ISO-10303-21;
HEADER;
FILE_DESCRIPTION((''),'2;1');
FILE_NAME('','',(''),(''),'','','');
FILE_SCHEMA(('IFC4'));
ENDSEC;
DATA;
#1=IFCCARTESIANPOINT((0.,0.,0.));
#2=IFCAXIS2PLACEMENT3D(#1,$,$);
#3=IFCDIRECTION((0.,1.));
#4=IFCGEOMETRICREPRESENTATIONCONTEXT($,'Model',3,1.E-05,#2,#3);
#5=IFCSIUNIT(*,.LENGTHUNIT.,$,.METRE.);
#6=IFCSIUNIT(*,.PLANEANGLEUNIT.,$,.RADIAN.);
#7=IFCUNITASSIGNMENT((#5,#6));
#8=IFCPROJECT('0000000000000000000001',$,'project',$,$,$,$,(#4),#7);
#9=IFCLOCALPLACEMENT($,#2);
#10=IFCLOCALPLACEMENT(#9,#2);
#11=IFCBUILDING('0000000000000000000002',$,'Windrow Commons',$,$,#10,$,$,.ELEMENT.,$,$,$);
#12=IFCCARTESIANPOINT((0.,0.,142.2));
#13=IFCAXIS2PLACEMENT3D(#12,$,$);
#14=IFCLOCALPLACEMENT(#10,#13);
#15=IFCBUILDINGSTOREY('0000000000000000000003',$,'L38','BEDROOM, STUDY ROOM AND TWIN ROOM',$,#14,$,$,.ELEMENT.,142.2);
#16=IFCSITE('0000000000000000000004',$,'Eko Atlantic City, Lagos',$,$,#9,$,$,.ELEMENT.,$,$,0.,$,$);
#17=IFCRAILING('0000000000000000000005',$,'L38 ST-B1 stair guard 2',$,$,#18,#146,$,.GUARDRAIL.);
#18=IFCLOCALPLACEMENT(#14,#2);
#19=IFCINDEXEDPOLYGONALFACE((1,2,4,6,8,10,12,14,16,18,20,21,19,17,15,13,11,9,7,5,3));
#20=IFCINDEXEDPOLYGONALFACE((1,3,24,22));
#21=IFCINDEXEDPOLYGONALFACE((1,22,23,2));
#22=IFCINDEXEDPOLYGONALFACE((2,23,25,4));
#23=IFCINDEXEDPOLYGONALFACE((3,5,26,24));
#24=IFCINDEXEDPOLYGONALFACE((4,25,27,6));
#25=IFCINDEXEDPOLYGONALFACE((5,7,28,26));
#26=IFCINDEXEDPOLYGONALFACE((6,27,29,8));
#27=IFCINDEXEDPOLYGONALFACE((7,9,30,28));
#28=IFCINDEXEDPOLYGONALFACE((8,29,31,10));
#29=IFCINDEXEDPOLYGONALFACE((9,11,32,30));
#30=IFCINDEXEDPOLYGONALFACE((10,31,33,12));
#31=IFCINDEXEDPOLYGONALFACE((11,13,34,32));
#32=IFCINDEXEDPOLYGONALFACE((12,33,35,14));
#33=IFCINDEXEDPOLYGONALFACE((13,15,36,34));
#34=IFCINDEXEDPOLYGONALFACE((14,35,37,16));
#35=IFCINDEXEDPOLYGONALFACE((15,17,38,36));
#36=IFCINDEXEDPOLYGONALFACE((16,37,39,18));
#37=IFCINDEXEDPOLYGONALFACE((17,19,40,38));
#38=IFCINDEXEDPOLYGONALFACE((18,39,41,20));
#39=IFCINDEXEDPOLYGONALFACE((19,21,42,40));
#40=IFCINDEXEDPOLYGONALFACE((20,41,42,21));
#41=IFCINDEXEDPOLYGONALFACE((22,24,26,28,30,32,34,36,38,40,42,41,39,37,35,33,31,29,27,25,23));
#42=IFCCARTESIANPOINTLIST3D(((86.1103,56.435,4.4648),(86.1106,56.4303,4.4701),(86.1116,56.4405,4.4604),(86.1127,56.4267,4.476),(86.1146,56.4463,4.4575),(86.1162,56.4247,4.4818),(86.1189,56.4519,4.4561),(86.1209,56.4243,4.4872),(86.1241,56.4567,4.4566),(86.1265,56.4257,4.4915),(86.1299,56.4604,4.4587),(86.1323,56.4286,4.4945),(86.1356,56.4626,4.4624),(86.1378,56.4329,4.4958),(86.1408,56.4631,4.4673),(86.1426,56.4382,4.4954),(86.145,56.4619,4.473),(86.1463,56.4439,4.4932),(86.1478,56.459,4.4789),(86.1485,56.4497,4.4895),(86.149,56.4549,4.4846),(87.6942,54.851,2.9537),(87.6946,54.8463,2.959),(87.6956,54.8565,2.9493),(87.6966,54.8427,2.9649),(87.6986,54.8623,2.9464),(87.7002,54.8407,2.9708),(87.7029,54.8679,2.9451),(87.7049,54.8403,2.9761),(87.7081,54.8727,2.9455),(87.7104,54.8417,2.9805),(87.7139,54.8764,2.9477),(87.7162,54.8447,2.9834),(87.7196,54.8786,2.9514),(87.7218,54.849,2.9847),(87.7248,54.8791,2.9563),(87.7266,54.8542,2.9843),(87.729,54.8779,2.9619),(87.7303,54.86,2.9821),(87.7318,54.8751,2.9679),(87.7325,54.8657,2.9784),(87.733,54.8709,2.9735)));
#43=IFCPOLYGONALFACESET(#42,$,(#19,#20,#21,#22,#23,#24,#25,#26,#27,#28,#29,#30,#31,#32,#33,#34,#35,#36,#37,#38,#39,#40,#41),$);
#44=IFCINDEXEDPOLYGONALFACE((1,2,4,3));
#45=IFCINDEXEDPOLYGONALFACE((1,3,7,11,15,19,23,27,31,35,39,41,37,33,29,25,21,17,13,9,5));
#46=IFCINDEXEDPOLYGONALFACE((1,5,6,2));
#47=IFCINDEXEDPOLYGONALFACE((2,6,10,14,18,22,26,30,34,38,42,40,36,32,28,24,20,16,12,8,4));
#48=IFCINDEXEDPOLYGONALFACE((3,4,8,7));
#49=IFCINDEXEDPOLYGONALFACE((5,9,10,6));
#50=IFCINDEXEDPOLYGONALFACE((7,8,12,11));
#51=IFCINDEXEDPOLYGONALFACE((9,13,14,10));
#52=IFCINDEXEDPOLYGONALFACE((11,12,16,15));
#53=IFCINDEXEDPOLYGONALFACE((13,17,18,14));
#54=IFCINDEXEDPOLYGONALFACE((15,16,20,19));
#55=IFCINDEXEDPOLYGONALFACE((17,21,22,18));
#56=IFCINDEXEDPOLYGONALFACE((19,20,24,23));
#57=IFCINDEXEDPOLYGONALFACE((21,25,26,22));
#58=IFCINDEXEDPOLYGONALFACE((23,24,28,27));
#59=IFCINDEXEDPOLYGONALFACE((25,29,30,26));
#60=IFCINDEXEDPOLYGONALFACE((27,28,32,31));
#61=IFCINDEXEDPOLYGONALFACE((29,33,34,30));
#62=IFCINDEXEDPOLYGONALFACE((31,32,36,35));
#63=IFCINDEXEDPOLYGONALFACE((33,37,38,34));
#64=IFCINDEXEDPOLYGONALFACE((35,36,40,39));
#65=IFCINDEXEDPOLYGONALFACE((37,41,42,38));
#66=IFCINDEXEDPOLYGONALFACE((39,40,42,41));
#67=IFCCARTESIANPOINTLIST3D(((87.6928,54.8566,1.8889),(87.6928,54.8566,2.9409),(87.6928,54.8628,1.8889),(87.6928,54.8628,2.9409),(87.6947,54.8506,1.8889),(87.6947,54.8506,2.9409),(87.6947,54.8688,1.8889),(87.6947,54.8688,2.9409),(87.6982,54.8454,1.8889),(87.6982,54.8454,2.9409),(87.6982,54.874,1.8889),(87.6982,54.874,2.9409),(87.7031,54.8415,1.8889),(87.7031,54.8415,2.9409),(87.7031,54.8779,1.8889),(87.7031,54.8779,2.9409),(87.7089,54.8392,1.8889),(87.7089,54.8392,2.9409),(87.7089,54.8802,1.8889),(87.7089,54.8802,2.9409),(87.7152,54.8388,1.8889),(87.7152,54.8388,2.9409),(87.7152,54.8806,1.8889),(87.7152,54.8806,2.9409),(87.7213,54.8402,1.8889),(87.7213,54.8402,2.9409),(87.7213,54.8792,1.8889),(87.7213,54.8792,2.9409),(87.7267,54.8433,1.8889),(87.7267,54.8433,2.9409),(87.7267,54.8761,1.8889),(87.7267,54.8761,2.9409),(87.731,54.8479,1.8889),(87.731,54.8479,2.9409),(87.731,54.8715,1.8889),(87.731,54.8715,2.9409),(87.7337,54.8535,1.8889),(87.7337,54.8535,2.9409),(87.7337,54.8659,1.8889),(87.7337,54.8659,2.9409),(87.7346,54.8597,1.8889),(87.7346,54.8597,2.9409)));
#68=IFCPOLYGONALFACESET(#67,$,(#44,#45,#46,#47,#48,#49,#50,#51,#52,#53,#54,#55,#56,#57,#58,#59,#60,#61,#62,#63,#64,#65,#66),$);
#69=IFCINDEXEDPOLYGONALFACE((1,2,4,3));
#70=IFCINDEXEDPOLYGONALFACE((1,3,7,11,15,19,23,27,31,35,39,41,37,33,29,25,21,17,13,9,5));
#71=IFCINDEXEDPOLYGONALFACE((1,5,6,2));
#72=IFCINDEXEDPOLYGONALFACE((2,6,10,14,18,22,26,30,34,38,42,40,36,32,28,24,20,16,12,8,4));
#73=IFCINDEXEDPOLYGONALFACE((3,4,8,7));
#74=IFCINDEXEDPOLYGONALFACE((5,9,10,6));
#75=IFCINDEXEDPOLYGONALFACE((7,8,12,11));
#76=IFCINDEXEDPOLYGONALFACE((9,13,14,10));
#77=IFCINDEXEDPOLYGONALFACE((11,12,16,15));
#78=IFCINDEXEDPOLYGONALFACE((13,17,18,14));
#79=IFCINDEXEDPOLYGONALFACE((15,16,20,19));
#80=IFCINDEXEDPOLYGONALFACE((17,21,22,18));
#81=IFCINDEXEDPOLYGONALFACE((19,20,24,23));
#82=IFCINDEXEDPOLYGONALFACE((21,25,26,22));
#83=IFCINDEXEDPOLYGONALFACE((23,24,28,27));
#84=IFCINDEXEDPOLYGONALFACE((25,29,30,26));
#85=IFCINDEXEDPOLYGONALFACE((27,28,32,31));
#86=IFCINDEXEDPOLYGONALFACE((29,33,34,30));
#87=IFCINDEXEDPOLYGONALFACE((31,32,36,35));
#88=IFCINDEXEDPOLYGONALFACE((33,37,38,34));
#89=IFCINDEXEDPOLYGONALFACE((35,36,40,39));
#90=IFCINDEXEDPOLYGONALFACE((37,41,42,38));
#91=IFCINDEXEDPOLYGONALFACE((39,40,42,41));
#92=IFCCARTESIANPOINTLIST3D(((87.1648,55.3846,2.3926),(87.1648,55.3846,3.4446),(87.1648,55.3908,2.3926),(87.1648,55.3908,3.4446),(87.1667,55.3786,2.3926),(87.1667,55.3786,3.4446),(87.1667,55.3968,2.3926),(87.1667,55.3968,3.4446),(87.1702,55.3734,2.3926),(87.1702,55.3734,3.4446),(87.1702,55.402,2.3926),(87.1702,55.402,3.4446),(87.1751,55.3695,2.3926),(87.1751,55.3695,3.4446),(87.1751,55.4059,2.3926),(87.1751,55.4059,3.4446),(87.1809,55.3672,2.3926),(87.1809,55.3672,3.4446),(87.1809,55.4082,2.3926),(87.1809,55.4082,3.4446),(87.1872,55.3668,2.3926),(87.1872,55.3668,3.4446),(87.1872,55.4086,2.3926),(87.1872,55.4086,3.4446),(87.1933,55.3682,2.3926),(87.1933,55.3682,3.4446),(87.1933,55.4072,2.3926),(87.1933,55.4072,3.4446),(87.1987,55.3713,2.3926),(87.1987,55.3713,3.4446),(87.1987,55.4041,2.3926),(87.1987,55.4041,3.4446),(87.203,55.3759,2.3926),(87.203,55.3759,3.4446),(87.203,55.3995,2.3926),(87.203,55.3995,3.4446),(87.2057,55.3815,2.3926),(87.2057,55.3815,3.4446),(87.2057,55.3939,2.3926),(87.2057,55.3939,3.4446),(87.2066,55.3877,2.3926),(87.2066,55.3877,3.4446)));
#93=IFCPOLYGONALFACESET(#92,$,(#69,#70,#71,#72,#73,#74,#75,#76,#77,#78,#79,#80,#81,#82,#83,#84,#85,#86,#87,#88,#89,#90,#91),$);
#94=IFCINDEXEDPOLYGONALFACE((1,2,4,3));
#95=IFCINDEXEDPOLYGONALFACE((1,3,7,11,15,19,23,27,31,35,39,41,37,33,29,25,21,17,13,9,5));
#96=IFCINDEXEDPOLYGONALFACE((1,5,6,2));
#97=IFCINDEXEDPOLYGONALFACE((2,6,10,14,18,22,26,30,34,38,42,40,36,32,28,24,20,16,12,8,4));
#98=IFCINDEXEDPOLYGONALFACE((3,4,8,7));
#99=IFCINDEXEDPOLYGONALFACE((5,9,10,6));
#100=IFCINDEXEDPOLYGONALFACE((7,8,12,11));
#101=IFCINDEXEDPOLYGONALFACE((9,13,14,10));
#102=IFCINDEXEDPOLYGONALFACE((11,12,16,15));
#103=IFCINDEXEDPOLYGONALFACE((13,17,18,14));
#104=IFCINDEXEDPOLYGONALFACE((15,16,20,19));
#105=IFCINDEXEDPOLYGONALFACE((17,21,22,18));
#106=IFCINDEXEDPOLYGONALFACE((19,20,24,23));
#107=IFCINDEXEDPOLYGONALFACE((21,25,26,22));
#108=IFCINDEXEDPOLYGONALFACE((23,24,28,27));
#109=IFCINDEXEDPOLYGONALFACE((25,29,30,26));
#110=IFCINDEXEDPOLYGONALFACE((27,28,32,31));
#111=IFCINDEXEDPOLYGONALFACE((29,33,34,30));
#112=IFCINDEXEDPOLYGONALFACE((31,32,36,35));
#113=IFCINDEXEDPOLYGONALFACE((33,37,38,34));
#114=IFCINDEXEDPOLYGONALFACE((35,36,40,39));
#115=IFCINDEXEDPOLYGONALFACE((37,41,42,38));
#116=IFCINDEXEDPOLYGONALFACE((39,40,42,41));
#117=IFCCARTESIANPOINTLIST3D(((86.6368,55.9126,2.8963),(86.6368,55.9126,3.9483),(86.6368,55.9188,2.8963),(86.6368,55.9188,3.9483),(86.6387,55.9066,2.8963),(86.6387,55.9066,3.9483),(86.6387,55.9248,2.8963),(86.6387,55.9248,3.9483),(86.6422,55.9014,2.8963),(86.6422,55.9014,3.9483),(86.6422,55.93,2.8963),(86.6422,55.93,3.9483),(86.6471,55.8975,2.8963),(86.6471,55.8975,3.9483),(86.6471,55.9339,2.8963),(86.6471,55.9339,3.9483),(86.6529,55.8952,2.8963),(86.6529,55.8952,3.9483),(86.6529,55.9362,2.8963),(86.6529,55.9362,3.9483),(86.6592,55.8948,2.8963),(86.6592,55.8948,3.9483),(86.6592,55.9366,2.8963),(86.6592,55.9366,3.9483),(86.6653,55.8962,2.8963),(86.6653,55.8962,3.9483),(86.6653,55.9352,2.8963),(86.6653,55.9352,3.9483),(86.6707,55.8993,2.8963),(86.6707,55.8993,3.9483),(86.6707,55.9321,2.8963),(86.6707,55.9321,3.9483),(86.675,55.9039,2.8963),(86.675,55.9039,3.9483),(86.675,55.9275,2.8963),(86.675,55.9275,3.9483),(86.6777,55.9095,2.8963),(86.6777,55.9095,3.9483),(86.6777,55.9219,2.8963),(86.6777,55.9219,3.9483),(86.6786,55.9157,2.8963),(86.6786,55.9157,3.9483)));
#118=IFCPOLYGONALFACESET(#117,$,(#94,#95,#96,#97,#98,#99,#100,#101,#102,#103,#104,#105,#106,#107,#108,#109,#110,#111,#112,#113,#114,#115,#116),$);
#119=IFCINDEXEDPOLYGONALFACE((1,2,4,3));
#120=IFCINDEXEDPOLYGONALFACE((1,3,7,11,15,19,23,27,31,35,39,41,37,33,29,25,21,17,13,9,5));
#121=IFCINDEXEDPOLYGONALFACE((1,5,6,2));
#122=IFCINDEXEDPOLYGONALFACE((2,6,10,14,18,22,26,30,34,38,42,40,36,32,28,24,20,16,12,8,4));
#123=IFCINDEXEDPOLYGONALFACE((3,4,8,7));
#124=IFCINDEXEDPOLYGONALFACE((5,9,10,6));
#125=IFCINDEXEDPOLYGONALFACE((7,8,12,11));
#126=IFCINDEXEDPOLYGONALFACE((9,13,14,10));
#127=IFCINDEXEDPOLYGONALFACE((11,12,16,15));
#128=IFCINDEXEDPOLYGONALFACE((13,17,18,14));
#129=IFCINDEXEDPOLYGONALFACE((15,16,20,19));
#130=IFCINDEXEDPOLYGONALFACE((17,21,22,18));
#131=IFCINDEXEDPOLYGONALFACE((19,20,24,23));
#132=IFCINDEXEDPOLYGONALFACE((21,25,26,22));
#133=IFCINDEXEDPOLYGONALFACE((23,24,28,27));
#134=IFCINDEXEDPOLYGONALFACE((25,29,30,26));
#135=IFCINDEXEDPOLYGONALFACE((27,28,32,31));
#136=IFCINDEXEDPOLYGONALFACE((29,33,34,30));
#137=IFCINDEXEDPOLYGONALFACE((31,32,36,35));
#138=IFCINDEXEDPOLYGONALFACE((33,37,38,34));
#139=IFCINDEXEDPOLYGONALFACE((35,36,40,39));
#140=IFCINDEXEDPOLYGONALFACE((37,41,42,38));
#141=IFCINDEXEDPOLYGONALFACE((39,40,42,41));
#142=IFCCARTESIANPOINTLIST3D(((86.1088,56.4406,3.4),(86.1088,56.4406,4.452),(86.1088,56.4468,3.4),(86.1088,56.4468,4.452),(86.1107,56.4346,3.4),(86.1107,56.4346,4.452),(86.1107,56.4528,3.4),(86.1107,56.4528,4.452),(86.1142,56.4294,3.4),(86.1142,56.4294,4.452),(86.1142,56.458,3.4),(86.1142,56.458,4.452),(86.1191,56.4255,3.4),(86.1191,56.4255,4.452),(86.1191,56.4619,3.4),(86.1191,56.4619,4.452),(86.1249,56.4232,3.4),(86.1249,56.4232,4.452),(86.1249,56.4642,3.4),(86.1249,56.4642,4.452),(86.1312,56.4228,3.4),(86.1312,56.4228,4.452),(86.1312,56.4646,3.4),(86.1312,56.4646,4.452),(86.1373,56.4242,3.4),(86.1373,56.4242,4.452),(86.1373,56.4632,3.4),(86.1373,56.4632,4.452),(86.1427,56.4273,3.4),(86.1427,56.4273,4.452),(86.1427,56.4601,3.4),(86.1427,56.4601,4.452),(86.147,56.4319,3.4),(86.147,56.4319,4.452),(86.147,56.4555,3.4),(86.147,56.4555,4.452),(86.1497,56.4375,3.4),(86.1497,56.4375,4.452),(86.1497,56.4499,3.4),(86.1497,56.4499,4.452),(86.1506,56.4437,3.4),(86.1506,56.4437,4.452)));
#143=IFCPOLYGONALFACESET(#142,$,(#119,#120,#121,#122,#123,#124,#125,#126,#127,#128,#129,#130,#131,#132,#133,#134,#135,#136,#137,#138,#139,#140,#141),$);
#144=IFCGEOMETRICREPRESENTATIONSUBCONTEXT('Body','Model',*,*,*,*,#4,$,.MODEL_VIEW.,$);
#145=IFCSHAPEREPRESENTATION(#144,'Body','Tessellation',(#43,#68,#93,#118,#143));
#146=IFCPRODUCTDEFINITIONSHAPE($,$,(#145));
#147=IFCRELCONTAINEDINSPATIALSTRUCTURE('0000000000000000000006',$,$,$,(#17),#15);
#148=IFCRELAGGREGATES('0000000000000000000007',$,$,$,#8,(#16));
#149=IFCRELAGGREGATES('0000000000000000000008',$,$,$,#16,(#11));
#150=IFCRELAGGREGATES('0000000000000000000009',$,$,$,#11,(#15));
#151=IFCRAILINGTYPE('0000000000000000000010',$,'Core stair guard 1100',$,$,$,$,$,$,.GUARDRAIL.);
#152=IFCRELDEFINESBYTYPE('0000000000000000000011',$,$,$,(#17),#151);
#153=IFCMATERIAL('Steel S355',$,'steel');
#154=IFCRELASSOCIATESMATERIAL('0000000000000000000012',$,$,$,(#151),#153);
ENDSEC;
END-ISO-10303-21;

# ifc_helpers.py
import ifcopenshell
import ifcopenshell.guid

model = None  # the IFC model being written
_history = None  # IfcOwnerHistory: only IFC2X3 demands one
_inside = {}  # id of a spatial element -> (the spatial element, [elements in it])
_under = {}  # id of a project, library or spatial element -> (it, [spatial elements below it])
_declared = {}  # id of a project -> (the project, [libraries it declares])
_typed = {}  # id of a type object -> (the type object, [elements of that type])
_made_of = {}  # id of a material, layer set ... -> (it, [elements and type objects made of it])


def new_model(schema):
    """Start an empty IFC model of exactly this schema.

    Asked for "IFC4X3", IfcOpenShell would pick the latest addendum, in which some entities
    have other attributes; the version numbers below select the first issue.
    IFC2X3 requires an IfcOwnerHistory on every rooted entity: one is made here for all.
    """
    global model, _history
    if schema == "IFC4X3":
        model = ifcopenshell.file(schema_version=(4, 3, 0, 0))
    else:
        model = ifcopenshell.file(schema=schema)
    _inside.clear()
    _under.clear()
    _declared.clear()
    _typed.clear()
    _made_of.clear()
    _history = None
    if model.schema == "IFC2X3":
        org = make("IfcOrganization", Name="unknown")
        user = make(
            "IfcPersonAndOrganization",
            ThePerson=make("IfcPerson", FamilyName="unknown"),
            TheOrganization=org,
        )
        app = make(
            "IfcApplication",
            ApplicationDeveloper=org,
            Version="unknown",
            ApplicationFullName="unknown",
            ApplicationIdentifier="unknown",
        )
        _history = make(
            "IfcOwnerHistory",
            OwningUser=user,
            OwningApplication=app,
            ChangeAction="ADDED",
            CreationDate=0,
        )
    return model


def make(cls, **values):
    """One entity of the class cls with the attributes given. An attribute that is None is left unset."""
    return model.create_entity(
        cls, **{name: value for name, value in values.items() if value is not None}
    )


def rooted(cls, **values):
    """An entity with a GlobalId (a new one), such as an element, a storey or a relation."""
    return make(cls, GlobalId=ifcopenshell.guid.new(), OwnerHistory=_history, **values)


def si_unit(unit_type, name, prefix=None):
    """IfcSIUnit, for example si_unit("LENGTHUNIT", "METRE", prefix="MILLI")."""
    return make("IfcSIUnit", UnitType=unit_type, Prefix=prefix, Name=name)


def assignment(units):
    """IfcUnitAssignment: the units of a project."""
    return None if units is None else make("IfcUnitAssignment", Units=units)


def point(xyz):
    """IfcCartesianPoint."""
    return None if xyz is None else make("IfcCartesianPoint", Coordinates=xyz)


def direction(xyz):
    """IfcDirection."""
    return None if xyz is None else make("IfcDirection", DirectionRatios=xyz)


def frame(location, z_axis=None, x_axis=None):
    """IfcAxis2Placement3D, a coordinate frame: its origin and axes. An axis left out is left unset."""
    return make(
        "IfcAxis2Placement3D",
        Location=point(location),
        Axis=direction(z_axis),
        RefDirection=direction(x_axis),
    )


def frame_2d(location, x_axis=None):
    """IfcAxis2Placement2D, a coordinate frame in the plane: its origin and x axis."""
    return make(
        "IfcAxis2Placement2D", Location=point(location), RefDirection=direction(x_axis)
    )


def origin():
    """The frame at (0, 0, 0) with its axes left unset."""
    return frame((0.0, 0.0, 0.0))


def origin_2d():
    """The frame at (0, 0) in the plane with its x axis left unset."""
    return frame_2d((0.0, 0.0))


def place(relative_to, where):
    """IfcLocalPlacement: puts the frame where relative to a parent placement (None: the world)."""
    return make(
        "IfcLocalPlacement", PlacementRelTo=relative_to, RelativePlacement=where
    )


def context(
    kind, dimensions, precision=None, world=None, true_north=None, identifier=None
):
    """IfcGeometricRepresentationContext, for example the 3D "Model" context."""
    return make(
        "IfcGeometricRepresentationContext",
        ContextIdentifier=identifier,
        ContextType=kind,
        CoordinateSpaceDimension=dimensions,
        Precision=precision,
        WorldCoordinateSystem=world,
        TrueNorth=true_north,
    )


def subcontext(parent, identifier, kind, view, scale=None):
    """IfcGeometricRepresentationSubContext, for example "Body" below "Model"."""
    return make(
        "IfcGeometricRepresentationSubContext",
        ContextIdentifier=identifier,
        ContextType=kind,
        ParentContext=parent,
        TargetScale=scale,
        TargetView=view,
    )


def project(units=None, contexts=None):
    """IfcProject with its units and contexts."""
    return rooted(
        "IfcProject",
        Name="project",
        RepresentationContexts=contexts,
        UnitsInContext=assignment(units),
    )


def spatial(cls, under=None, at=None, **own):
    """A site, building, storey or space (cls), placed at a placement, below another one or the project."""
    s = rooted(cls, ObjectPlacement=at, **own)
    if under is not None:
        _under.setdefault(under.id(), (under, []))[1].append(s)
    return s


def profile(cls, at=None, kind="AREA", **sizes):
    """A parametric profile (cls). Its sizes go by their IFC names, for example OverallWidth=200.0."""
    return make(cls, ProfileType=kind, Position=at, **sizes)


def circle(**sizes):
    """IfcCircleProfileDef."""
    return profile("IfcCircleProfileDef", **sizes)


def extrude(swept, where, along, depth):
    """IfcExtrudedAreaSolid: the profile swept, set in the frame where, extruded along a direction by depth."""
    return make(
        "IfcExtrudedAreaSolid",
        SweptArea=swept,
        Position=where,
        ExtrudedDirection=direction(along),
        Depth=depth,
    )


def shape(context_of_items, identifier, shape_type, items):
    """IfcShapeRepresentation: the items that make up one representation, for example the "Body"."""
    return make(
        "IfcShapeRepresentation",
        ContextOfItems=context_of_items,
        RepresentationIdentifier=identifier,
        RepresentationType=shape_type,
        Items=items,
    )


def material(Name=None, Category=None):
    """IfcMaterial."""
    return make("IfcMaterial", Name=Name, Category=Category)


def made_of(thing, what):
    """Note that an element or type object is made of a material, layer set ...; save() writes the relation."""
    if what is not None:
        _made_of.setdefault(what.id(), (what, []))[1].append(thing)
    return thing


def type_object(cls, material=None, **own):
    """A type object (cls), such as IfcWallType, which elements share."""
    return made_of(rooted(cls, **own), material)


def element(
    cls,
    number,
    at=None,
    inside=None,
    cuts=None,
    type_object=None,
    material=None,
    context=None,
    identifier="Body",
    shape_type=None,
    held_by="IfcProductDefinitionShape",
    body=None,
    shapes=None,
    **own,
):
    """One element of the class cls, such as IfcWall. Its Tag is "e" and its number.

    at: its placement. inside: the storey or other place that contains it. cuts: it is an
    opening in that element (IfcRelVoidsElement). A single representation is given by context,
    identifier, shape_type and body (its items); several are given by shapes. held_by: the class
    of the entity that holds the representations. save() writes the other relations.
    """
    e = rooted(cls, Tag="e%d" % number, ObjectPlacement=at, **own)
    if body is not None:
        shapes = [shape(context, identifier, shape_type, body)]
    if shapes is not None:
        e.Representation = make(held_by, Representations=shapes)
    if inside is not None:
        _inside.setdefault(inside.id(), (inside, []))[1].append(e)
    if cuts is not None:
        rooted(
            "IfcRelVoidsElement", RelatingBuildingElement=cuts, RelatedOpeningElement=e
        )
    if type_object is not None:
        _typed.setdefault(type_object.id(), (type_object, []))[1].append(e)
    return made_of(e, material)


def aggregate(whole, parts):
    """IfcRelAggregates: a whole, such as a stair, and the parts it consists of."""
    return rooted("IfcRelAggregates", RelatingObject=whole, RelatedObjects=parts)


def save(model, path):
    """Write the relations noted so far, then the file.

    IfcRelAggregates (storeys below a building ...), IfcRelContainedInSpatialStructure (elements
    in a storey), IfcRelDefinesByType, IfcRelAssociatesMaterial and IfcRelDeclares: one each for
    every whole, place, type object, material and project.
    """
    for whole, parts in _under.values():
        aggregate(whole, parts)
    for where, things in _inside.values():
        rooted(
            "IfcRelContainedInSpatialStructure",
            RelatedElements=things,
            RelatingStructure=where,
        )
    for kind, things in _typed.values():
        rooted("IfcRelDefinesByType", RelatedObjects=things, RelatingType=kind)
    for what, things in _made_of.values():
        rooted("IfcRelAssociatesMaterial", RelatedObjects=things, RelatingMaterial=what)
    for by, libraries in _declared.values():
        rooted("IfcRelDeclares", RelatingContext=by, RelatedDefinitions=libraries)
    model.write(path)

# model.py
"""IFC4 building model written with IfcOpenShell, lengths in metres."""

from ifc_helpers import new_model, si_unit, direction, frame, origin, origin_2d, place, context, subcontext, project, spatial, circle, extrude, material, type_object, element, save


model = new_model("IFC4")

# Units and contexts
model_context = context("Model", 3, precision=1e-05, world=origin(), true_north=direction((0.0, 1.0)))
body_context = subcontext(model_context, "Body", "Model", "MODEL_VIEW")
ifc_project = project(units=[si_unit("LENGTHUNIT", "METRE"), si_unit("PLANEANGLEUNIT", "RADIAN")], contexts=[model_context])

# Site, building, storey
site_placement = place(None, origin())
site = spatial("IfcSite", under=ifc_project, at=site_placement, Name="Eko Atlantic City, Lagos", CompositionType="ELEMENT", RefElevation=0.0)
building_placement = place(site_placement, origin())
building = spatial("IfcBuilding", under=site, at=building_placement, Name="Windrow Commons", CompositionType="ELEMENT")
storey_placement = place(building_placement, frame((0.0, 0.0, 142.2)))
storey = spatial("IfcBuildingStorey", under=building, at=storey_placement, Name="L38", Description="BEDROOM, STUDY ROOM AND TWIN ROOM", CompositionType="ELEMENT", Elevation=142.2)

# Railing
ifc_material_1 = material(Name="Steel S355", Category="steel")
railing_type_1 = type_object("IfcRailingType", Name="Core stair guard 1100", PredefinedType="GUARDRAIL", material=ifc_material_1)
railing_1_placement = place(storey_placement, frame((87.7136, 54.8597, 1.8889)))
element("IfcRailing", 1, at=railing_1_placement, inside=storey, type_object=railing_type_1, Name="L38 ST-B1 stair guard 2", PredefinedType="GUARDRAIL", context=body_context, shape_type="SweptSolid", body=[
    extrude(circle(Radius=0.024, at=origin_2d()), frame((0.0, 0.0, 1.076), z_axis=(-0.586203, 0.586203, 0.559224), x_axis=(-0.707107, -0.707107, 0.0)), (0.0, 0.0, 1.0), 2.7021),
    extrude(circle(Radius=0.021, at=origin_2d()), origin(), (0.0, 0.0, 1.0), 1.052),
    extrude(circle(Radius=0.021, at=origin_2d()), frame((-0.528, 0.528, 0.5037)), (0.0, 0.0, 1.0), 1.052),
    extrude(circle(Radius=0.021, at=origin_2d()), frame((-1.056, 1.056, 1.0074)), (0.0, 0.0, 1.0), 1.052),
    extrude(circle(Radius=0.021, at=origin_2d()), frame((-1.584, 1.584, 1.5111)), (0.0, 0.0, 1.0), 1.052),
])

save(model, "model.ifc")
